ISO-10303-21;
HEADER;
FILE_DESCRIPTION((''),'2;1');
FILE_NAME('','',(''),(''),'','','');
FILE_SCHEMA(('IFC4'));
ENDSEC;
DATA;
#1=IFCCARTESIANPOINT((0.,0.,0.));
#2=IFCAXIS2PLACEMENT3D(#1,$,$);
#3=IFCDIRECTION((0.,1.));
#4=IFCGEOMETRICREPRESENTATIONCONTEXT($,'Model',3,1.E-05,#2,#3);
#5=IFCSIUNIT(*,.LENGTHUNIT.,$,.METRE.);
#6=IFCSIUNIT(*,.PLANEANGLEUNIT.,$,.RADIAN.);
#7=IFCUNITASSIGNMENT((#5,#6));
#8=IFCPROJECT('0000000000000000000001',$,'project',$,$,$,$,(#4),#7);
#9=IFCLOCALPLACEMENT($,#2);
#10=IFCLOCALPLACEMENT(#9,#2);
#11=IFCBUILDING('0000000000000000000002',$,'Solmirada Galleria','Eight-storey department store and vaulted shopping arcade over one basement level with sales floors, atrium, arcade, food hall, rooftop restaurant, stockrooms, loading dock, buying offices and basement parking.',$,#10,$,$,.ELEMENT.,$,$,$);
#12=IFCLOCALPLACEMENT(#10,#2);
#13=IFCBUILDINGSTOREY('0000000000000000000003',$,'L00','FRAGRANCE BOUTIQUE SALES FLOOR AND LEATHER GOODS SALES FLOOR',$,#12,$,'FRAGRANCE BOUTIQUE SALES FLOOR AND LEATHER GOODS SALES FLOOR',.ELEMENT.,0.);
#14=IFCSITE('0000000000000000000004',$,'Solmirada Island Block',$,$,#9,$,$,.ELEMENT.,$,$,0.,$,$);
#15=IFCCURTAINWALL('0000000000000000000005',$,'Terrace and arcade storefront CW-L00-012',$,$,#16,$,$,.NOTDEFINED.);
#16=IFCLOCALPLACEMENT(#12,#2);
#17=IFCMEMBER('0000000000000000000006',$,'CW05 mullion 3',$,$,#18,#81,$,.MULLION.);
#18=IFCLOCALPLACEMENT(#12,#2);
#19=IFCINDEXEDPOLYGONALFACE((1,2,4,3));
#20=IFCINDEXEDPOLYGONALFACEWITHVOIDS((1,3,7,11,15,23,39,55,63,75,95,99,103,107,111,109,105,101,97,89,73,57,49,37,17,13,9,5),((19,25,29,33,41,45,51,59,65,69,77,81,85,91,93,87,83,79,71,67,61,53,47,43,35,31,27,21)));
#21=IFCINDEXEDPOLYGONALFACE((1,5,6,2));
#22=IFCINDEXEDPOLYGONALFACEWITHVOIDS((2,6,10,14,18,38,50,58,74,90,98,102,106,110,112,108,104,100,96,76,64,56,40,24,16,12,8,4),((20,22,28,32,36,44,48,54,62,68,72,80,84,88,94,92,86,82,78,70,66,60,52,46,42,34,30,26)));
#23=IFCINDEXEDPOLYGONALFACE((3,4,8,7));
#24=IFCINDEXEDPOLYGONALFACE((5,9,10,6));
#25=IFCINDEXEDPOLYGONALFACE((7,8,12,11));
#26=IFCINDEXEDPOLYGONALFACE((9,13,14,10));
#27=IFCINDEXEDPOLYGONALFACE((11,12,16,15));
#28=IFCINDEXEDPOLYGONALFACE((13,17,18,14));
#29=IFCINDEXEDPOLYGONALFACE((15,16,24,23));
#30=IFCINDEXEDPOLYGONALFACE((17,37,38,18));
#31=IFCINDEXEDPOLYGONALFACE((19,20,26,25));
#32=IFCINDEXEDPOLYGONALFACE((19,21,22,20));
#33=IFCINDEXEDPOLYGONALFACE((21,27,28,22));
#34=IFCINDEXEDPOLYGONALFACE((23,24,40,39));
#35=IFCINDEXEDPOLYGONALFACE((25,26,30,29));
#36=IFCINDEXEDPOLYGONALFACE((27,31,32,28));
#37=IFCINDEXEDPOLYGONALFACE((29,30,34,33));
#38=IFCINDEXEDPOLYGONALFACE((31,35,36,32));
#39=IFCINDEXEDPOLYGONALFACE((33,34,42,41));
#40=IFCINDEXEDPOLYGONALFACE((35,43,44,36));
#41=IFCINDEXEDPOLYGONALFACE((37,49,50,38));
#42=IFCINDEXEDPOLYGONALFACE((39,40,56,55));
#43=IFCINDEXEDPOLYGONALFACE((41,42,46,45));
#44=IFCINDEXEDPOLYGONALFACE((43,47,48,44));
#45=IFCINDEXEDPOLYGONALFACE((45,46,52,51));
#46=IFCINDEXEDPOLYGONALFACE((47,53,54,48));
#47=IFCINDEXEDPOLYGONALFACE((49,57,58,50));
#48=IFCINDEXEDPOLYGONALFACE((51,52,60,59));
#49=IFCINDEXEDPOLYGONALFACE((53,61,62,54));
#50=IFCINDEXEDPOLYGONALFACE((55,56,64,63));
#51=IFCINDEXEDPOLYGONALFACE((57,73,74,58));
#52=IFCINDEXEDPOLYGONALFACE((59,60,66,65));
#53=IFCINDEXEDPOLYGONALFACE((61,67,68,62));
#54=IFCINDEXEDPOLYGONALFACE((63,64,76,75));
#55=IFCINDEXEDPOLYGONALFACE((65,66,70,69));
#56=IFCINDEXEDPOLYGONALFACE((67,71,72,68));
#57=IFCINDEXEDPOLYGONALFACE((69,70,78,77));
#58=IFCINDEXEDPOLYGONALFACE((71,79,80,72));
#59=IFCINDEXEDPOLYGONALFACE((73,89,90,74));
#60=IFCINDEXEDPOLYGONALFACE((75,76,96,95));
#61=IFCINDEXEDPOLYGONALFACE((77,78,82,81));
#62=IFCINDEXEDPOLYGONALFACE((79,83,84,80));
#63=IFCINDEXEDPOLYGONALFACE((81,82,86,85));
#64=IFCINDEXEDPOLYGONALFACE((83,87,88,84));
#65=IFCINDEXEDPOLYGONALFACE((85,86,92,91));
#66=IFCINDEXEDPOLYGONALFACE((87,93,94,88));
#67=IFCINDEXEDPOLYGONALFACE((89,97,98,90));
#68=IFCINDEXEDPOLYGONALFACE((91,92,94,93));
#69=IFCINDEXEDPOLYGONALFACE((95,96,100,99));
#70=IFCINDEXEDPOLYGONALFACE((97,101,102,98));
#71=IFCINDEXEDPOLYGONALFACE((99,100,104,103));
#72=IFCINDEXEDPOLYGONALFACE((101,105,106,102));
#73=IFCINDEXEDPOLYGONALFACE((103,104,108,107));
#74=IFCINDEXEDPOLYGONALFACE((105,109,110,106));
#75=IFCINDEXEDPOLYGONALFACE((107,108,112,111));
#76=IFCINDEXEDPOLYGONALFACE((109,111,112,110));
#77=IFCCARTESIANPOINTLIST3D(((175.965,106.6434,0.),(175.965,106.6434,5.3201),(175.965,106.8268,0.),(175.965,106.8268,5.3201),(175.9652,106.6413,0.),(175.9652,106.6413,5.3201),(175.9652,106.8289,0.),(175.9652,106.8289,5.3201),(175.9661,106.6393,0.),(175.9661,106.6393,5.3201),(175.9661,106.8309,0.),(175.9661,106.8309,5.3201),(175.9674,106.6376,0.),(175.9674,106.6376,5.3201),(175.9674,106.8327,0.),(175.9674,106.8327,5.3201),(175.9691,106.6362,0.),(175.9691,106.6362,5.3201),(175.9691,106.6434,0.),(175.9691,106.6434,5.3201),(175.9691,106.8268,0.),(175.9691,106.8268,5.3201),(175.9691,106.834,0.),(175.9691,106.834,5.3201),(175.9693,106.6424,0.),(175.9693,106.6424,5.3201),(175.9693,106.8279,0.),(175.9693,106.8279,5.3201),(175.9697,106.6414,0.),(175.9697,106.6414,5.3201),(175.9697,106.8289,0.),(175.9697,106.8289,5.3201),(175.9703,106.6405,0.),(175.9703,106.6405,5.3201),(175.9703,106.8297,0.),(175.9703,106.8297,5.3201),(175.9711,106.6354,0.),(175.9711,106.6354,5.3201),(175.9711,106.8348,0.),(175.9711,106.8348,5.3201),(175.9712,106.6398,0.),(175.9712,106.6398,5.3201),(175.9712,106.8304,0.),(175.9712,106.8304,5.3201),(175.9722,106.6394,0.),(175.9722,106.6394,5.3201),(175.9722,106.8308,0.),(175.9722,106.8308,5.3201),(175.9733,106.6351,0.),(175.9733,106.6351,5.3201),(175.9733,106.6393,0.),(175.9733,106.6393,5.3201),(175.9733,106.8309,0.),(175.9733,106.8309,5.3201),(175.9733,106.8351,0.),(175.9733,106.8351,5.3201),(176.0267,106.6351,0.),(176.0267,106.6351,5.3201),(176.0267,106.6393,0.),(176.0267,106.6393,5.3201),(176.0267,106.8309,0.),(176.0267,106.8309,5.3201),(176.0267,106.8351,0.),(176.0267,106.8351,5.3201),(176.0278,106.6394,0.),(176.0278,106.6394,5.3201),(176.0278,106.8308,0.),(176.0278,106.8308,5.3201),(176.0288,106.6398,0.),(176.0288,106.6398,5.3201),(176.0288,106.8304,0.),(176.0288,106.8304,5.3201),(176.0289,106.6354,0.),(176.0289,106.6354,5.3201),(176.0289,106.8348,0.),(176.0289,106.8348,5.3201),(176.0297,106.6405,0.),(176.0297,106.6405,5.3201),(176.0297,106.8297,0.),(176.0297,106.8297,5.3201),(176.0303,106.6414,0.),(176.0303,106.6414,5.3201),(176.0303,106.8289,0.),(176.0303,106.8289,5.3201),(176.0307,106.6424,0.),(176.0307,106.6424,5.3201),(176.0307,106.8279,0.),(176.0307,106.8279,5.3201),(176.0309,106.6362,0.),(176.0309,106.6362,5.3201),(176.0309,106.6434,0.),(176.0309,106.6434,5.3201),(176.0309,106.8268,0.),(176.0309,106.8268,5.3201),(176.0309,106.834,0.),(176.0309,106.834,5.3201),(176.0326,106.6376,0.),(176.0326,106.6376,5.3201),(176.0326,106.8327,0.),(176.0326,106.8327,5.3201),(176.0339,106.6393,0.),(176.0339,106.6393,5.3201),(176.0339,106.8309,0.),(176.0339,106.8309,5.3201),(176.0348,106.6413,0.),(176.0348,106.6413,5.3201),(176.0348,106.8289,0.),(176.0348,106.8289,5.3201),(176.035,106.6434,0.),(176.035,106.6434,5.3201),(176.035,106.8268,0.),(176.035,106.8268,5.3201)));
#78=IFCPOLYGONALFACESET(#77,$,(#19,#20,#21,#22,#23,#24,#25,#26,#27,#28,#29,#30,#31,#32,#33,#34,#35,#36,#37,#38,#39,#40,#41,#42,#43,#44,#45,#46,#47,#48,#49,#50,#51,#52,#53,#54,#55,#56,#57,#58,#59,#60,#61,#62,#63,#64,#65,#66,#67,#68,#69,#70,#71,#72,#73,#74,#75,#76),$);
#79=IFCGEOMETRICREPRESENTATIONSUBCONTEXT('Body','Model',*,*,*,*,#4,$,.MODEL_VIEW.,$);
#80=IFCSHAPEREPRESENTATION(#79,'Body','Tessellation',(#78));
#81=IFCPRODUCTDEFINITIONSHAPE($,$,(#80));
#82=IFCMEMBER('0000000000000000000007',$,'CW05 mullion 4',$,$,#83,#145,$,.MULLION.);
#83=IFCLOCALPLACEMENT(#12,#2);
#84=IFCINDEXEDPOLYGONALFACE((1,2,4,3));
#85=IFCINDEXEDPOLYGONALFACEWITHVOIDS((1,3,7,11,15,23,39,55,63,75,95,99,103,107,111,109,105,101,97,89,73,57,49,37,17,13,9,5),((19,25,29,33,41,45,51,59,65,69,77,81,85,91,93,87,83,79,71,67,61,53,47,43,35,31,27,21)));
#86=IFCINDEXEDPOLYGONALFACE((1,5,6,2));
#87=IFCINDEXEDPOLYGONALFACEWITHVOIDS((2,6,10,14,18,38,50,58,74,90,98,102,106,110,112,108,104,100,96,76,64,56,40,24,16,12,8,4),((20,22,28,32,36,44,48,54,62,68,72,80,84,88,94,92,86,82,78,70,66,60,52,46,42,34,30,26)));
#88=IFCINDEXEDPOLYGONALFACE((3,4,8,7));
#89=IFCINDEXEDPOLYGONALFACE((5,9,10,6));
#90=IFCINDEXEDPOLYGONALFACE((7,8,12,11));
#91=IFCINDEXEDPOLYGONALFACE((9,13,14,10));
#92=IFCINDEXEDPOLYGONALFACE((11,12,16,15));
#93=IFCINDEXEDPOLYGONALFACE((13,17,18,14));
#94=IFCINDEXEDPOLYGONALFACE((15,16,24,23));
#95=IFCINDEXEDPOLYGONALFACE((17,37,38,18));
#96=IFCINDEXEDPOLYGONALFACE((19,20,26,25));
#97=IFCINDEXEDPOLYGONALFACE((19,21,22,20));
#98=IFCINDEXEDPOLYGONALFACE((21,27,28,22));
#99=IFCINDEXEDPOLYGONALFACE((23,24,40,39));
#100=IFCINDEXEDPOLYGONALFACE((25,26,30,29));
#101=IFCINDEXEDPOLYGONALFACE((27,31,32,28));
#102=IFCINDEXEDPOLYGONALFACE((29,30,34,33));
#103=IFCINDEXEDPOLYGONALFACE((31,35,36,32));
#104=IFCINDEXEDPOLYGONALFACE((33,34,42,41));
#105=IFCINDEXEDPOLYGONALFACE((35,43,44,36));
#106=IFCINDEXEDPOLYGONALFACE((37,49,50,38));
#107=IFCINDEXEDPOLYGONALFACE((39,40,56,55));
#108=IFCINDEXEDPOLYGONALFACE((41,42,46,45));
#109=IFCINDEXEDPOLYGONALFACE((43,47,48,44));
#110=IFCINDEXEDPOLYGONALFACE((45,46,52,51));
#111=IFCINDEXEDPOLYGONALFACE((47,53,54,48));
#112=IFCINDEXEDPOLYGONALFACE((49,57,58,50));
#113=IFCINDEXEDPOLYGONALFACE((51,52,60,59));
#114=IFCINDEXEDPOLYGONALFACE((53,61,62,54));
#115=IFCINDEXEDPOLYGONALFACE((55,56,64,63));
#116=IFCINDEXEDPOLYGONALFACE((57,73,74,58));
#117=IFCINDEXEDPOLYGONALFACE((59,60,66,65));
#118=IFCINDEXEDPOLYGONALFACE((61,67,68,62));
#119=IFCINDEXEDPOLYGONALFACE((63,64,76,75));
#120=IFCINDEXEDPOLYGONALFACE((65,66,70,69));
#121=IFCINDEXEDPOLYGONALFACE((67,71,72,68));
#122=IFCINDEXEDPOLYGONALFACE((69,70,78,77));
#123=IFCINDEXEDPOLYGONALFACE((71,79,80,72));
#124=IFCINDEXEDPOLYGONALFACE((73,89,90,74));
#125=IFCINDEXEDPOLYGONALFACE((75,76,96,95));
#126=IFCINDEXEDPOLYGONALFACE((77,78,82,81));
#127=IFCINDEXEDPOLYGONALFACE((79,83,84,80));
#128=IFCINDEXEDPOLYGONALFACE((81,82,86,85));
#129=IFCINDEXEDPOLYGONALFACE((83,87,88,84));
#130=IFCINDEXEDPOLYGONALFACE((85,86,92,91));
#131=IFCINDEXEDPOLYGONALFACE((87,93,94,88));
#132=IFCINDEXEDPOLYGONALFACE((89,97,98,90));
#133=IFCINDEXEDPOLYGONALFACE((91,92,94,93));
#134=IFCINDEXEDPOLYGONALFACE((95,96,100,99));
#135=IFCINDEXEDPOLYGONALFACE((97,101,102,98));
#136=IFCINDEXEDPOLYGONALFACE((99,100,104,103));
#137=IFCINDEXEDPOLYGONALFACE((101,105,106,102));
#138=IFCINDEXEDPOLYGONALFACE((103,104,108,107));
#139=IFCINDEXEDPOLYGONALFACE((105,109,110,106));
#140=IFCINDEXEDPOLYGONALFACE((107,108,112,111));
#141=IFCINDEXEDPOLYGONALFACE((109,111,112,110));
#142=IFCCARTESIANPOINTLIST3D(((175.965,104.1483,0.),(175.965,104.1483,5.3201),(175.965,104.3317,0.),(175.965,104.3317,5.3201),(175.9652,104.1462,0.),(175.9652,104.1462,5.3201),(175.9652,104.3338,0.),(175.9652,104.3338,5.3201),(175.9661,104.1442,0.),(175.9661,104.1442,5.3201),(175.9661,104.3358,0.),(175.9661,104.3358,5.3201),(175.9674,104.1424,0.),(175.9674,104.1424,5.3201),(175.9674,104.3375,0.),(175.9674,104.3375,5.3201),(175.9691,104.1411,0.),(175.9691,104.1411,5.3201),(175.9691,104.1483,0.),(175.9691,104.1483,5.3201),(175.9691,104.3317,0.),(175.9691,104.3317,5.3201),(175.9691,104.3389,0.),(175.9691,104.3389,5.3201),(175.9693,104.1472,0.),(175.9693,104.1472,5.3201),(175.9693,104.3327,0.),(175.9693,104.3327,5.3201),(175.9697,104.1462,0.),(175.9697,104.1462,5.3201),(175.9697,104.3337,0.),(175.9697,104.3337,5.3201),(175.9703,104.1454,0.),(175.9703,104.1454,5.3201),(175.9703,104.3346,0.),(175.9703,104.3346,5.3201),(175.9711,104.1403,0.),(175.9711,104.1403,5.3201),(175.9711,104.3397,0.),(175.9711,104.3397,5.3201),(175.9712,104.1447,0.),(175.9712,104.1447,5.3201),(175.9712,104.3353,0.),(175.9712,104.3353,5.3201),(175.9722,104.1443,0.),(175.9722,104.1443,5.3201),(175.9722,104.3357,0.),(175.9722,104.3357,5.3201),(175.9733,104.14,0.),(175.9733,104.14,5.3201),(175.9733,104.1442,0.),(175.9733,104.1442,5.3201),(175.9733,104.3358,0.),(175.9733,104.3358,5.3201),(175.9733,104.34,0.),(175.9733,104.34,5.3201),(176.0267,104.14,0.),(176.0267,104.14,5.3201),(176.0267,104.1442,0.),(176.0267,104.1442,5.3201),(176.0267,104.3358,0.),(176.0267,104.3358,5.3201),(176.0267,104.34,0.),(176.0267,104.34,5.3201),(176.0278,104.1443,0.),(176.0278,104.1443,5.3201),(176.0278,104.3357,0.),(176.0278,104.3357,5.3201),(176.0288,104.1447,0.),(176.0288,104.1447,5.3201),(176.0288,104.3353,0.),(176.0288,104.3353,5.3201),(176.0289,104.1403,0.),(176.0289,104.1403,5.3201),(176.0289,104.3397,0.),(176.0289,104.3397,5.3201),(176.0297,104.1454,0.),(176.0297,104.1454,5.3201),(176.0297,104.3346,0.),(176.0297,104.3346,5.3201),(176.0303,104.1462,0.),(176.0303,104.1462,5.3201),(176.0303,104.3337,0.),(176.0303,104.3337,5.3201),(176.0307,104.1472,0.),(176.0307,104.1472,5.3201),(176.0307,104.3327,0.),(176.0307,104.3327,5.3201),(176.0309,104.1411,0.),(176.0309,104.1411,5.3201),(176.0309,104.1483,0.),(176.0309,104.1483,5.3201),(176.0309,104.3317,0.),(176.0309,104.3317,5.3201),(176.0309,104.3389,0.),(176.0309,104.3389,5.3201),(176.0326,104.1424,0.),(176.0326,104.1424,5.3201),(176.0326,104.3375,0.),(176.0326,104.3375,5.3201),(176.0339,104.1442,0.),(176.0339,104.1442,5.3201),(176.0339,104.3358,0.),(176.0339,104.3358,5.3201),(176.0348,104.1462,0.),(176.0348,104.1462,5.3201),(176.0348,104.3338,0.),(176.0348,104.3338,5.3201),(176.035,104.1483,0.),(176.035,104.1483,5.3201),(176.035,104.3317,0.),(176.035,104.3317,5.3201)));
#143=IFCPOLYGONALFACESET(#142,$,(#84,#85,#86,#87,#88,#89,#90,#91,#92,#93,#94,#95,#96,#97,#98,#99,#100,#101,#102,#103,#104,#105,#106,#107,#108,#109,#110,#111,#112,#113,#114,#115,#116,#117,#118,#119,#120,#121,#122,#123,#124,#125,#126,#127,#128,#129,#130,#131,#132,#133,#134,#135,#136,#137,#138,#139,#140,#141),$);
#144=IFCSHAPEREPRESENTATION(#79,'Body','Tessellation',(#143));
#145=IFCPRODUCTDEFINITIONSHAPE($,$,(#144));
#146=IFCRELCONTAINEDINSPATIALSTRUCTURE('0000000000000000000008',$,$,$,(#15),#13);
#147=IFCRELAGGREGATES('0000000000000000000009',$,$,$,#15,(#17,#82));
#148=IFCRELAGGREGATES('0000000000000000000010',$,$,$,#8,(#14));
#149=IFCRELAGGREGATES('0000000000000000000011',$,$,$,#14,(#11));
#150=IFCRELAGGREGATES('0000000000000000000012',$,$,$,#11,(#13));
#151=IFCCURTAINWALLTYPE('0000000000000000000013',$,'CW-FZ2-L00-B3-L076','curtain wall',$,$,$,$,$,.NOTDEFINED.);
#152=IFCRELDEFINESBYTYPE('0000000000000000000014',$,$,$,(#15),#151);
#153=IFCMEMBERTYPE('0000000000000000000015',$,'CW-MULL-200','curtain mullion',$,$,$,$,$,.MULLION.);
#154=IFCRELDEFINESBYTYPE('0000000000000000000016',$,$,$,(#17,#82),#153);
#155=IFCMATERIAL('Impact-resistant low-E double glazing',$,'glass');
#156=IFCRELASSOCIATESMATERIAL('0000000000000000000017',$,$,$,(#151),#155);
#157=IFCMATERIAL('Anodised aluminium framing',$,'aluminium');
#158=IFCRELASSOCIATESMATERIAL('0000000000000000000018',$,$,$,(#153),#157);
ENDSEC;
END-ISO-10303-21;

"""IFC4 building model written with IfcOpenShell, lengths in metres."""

from ifc_helpers import new_model, si_unit, direction, frame, origin, origin_2d, place, context, subcontext, project, spatial, hollow_rectangle, extrude, material, material_profile, profile_set, type_object, element, aggregate, save


model = new_model("IFC4")

# Units and contexts
model_context = context("Model", 3, precision=1e-05, world=origin(), true_north=direction((0.0, 1.0)))
body_context = subcontext(model_context, "Body", "Model", "MODEL_VIEW")
ifc_project = project(units=[si_unit("LENGTHUNIT", "METRE"), si_unit("PLANEANGLEUNIT", "RADIAN")], contexts=[model_context])

# Site, building, storey
site_placement = place(None, origin())
site = spatial("IfcSite", under=ifc_project, at=site_placement, Name="Solmirada Island Block", CompositionType="ELEMENT", RefElevation=0.0)
building_placement = place(site_placement, origin())
building = spatial("IfcBuilding", under=site, at=building_placement, Name="Solmirada Galleria", Description="Eight-storey department store and vaulted shopping arcade over one basement level with sales floors, atrium, arcade, food hall, rooftop restaurant, stockrooms, loading dock, buying offices and basement parking.", CompositionType="ELEMENT")
storey_placement = place(building_placement, origin())
storey = spatial("IfcBuildingStorey", under=building, at=storey_placement, Name="L00", Description="FRAGRANCE BOUTIQUE SALES FLOOR AND LEATHER GOODS SALES FLOOR", LongName="FRAGRANCE BOUTIQUE SALES FLOOR AND LEATHER GOODS SALES FLOOR", CompositionType="ELEMENT", Elevation=0.0)

# Curtain wall, members
ifc_material_1 = material(Name="Impact-resistant low-E double glazing", Category="glass")
curtain_wall_type = type_object("IfcCurtainWallType", Name="CW-FZ2-L00-B3-L076", Description="curtain wall", PredefinedType="NOTDEFINED", material=ifc_material_1)
curtain_wall_placement = place(storey_placement, origin())
curtain_wall = element("IfcCurtainWall", 1, at=curtain_wall_placement, inside=storey, type_object=curtain_wall_type, Name="Terrace and arcade storefront CW-L00-012", PredefinedType="NOTDEFINED")
ifc_material_2 = material(Name="Anodised aluminium framing", Category="aluminium")
ifc_material_profile_1 = material_profile(ifc_material_2, hollow_rectangle(XDim=0.0701, YDim=0.2, WallThickness=0.0042, InnerFilletRadius=0.0042, OuterFilletRadius=0.0083, at=origin_2d()), Name="ALU-MULL-200X70")
ifc_profile_set_1 = profile_set([ifc_material_profile_1], Name="Anodised aluminium framing")
member_type_1 = type_object("IfcMemberType", Name="CW-MULL-200", Description="curtain mullion", PredefinedType="MULLION", material=ifc_profile_set_1)
member_1_placement = place(storey_placement, frame((176.0, 106.7351, 0.0), z_axis=(0.0, 0.0, 1.0), x_axis=(1.0, 0.0, 0.0)))
member_1 = element("IfcMember", 2, at=member_1_placement, type_object=member_type_1, Name="CW05 mullion 3", PredefinedType="MULLION", context=body_context, shape_type="SweptSolid", body=[
    extrude(hollow_rectangle(XDim=0.0701, YDim=0.2, WallThickness=0.0042, InnerFilletRadius=0.0042, OuterFilletRadius=0.0083, at=origin_2d()), origin(), (0.0, 0.0, 1.0), 5.3201),
])
member_2_placement = place(storey_placement, frame((176.0, 104.24, 0.0), z_axis=(0.0, 0.0, 1.0), x_axis=(1.0, 0.0, 0.0)))
member_2 = element("IfcMember", 3, at=member_2_placement, type_object=member_type_1, Name="CW05 mullion 4", PredefinedType="MULLION", context=body_context, shape_type="SweptSolid", body=[
    extrude(hollow_rectangle(XDim=0.0701, YDim=0.2, WallThickness=0.0042, InnerFilletRadius=0.0042, OuterFilletRadius=0.0083, at=origin_2d()), origin(), (0.0, 0.0, 1.0), 5.3201),
])
aggregate(curtain_wall, [member_1, member_2])

save(model, "model.ifc")
